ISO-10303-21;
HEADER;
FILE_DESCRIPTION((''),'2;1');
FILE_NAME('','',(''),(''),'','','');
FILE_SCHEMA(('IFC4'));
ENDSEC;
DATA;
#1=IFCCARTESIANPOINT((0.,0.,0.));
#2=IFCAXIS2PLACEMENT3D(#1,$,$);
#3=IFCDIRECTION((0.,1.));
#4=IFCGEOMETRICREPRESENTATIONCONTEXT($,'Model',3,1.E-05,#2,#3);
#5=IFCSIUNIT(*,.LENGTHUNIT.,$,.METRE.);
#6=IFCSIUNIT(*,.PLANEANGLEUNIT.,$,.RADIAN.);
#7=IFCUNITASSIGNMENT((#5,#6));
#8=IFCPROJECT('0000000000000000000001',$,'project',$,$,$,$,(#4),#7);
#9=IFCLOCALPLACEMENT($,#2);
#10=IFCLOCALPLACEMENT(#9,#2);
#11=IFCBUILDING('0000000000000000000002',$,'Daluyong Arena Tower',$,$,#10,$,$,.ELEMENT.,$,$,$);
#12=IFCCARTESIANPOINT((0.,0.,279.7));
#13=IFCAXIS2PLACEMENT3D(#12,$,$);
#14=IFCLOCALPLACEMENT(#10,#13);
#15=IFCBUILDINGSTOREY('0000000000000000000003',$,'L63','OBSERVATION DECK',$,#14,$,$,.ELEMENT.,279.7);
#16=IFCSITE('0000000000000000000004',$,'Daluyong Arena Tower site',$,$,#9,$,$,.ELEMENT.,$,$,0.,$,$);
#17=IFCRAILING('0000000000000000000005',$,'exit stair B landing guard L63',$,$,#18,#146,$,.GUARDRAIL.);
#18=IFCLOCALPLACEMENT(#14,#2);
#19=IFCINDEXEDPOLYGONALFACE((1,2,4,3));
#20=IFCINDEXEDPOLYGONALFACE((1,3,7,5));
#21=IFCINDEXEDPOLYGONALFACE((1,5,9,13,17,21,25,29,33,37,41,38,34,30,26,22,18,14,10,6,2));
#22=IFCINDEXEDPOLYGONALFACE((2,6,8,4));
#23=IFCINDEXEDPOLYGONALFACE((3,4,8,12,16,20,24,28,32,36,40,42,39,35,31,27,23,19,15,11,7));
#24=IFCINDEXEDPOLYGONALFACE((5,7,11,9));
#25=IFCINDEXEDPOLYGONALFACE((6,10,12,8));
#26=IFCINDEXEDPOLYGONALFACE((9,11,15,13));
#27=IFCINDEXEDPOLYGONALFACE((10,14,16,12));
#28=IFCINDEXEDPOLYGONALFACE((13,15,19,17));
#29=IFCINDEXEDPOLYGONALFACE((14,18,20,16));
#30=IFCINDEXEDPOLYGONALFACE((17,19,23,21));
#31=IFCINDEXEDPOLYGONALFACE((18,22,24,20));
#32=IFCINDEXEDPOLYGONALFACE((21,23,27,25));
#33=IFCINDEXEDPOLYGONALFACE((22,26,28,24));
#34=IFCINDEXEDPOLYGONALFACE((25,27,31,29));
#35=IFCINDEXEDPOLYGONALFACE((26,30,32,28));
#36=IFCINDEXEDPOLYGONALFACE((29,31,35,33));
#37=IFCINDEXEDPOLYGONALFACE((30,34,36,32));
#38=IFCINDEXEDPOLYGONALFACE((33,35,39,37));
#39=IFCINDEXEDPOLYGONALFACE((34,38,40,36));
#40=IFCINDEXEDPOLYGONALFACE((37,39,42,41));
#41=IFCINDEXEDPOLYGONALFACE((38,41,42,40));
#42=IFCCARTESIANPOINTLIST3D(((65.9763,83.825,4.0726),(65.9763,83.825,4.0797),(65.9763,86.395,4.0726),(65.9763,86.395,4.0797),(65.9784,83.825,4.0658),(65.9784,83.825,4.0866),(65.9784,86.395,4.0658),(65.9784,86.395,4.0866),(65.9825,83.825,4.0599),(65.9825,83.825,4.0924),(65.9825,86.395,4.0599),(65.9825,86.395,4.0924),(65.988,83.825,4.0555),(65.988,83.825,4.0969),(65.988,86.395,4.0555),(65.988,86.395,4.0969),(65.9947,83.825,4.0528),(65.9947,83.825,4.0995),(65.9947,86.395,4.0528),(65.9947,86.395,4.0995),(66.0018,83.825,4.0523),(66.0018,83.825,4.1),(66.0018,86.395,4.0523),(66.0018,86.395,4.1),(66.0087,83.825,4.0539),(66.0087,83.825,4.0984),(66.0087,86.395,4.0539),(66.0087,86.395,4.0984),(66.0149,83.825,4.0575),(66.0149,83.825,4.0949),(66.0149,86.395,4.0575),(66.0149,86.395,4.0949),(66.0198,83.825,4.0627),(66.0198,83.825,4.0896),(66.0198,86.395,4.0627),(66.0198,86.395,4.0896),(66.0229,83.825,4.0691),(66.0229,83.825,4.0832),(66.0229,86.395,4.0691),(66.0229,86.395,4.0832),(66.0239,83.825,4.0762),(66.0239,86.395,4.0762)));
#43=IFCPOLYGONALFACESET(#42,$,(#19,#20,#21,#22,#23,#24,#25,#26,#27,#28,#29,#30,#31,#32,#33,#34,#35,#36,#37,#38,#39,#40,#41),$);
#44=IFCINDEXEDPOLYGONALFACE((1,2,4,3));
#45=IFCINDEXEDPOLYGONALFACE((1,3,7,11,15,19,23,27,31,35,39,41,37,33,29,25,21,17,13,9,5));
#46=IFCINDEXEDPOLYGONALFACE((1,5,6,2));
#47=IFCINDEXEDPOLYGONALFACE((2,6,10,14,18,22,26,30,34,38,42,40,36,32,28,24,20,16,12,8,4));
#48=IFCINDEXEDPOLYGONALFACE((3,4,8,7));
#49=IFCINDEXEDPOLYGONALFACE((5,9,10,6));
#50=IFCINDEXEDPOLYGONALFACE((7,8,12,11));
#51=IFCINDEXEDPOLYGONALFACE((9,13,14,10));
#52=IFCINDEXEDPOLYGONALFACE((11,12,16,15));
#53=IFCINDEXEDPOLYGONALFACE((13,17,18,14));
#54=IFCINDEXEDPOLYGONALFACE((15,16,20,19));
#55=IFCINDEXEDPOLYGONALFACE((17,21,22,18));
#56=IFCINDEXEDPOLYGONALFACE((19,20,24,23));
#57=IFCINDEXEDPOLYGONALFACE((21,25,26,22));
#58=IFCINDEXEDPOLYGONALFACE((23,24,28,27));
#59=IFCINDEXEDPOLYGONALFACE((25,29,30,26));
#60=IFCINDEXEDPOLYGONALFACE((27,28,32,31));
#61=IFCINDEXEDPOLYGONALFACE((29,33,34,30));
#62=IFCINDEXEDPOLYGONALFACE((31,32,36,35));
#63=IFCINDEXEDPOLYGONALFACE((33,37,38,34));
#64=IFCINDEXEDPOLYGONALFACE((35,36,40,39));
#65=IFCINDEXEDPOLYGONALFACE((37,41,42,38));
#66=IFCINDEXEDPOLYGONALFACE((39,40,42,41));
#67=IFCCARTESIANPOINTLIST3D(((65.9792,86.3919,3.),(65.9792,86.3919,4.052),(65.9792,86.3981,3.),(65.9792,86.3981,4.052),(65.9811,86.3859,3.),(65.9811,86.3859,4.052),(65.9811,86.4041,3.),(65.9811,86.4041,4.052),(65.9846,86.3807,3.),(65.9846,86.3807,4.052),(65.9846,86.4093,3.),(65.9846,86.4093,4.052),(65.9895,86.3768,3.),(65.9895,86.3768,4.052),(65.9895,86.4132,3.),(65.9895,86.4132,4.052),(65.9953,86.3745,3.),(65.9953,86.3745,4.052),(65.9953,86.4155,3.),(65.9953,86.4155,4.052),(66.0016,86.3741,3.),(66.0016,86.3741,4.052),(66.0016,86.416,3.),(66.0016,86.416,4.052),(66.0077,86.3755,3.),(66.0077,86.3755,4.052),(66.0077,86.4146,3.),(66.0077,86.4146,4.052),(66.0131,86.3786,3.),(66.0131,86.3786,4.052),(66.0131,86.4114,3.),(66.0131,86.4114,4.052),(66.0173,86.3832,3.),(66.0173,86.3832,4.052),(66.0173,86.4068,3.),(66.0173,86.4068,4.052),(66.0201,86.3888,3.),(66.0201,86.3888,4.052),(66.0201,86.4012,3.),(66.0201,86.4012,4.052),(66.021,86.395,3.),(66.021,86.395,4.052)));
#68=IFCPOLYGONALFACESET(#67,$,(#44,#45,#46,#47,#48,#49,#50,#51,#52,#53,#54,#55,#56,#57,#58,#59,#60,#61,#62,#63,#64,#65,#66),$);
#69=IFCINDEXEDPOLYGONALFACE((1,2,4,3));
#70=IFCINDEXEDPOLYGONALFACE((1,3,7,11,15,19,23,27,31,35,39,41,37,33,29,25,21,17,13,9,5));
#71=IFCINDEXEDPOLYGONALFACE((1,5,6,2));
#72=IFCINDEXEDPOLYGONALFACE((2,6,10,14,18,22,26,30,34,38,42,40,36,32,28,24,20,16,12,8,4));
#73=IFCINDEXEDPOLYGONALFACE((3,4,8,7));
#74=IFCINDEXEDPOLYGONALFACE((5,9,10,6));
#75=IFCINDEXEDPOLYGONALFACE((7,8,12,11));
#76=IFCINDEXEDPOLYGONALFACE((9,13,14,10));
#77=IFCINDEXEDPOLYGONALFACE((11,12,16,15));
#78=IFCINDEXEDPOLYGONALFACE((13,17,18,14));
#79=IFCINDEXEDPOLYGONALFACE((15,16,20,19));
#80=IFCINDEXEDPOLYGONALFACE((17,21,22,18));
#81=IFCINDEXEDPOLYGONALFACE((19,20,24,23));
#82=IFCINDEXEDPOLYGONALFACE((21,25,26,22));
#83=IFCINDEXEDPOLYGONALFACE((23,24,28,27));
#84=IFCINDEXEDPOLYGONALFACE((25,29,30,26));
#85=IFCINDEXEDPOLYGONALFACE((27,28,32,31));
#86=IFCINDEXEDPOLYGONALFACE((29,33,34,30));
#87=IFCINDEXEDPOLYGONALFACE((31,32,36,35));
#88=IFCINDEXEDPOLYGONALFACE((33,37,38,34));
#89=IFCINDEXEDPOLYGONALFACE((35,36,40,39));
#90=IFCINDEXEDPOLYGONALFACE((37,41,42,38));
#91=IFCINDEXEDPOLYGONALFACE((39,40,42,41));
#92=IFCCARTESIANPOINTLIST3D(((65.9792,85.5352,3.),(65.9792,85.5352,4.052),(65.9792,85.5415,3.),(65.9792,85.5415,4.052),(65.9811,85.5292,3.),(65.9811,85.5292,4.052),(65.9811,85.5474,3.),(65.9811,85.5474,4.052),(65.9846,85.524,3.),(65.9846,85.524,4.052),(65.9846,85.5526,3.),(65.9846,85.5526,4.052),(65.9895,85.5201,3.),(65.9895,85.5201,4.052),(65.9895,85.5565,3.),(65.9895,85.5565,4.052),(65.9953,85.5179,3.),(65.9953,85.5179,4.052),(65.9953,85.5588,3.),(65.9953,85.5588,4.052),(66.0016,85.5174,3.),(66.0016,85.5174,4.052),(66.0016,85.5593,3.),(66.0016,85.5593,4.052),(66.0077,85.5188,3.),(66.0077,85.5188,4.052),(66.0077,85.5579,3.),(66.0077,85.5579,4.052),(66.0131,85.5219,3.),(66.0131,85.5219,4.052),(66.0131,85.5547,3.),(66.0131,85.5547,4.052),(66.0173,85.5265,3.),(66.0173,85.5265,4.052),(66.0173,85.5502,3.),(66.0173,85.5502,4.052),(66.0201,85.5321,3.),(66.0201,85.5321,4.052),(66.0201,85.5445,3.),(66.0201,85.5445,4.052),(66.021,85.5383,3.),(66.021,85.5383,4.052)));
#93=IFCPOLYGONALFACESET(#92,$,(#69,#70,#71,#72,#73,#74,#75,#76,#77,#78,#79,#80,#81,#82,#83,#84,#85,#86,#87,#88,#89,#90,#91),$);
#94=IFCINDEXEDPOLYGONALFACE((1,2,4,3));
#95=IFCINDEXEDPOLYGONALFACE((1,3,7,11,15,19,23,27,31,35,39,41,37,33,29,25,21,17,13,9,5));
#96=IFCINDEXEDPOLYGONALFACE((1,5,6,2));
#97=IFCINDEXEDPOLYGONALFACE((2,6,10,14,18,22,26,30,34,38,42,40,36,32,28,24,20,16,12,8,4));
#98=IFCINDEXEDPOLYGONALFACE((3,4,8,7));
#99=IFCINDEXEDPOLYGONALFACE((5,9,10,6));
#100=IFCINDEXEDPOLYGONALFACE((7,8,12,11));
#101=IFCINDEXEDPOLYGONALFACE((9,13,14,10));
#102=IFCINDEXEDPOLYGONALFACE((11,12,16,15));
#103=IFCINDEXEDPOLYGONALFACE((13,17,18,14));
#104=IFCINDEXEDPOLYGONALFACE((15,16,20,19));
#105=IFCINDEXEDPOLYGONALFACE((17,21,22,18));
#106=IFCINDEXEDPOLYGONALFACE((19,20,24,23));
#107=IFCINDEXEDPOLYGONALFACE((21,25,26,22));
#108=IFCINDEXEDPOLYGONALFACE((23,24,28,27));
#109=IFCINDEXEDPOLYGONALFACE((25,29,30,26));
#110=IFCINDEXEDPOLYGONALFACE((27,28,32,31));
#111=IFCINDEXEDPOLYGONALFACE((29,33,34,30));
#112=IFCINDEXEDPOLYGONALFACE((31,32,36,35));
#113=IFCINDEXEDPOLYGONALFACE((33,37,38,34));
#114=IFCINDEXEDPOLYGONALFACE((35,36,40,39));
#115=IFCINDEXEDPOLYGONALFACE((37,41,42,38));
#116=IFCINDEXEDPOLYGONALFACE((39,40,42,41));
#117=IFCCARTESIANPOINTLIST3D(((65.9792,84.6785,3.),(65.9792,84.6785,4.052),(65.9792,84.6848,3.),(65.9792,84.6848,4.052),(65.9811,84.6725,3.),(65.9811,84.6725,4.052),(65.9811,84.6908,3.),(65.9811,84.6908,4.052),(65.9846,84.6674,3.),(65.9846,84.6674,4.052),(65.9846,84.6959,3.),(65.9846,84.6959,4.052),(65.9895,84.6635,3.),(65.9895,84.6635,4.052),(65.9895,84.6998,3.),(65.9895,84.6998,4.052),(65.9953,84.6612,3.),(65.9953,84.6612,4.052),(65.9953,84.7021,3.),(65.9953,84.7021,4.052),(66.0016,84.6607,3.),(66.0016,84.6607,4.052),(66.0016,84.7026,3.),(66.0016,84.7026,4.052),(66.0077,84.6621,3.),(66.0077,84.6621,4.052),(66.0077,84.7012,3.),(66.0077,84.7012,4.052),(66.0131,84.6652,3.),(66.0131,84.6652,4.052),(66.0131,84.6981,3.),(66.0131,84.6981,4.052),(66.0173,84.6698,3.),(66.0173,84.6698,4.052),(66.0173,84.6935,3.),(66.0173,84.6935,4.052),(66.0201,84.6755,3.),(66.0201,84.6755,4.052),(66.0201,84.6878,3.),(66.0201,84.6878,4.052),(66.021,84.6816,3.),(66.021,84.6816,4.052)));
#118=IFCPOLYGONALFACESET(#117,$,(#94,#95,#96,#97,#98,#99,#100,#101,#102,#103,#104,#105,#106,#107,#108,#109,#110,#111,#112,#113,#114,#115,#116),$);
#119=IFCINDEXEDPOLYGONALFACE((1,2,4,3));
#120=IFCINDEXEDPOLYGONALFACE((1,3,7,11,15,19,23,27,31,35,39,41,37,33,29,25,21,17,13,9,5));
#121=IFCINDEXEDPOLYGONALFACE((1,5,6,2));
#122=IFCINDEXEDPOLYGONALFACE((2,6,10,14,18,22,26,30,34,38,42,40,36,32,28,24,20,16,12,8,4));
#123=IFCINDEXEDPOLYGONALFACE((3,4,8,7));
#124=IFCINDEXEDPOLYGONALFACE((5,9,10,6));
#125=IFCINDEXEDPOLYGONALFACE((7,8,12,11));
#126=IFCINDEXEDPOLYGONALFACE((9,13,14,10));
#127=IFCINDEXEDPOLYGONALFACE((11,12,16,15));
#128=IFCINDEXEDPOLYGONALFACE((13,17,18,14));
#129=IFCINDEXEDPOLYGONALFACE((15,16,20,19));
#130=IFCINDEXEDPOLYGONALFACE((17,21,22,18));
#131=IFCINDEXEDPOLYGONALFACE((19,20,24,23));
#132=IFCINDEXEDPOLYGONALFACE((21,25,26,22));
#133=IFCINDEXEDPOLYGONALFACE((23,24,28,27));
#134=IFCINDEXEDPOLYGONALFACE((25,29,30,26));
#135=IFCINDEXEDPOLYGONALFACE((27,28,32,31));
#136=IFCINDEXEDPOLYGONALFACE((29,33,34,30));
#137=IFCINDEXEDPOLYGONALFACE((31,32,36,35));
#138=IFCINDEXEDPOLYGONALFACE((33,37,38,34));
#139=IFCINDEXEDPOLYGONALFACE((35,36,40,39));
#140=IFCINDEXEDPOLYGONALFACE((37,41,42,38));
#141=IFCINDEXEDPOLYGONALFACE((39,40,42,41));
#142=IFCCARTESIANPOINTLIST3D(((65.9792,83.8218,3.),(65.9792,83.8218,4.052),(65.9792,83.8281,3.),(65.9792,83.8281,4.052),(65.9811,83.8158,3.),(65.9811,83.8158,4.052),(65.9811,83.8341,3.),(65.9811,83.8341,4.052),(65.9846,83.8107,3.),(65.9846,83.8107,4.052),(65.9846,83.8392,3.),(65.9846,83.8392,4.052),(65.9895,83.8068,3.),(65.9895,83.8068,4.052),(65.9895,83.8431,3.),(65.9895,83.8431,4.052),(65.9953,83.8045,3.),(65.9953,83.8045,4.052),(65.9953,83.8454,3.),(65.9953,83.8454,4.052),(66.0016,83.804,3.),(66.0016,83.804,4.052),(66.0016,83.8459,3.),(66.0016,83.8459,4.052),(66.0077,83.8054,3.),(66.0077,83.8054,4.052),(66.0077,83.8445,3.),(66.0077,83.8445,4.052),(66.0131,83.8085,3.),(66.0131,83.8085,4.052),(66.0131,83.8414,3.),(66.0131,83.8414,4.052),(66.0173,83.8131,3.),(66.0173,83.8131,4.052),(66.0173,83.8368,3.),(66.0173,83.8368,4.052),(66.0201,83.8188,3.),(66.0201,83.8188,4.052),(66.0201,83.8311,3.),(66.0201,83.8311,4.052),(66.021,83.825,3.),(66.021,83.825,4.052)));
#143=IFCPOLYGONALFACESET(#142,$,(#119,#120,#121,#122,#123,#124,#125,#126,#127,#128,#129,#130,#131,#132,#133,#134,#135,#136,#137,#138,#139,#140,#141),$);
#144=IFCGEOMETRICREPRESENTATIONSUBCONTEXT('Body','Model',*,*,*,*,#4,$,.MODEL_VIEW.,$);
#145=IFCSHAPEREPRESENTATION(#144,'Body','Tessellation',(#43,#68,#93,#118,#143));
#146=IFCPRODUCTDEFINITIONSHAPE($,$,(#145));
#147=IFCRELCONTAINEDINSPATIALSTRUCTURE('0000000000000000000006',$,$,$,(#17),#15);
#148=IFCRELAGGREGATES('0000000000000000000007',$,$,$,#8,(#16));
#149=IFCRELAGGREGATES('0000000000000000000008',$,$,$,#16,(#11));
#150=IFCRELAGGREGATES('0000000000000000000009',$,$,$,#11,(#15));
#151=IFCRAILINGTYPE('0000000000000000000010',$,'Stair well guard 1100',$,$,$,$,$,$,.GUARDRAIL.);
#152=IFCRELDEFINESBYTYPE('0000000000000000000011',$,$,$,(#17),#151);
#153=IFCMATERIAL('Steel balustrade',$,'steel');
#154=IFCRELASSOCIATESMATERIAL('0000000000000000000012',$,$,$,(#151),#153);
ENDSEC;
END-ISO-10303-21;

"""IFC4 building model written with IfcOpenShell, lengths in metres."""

from ifc_helpers import new_model, si_unit, direction, frame, origin, origin_2d, place, context, subcontext, project, spatial, circle, extrude, material, type_object, element, save


model = new_model("IFC4")

# Units and contexts
model_context = context("Model", 3, precision=1e-05, world=origin(), true_north=direction((0.0, 1.0)))
body_context = subcontext(model_context, "Body", "Model", "MODEL_VIEW")
ifc_project = project(units=[si_unit("LENGTHUNIT", "METRE"), si_unit("PLANEANGLEUNIT", "RADIAN")], contexts=[model_context])

# Site, building, storey
site_placement = place(None, origin())
site = spatial("IfcSite", under=ifc_project, at=site_placement, Name="Daluyong Arena Tower site", CompositionType="ELEMENT", RefElevation=0.0)
building_placement = place(site_placement, origin())
building = spatial("IfcBuilding", under=site, at=building_placement, Name="Daluyong Arena Tower", CompositionType="ELEMENT")
storey_placement = place(building_placement, frame((0.0, 0.0, 279.7)))
storey = spatial("IfcBuildingStorey", under=building, at=storey_placement, Name="L63", Description="OBSERVATION DECK", CompositionType="ELEMENT", Elevation=279.7)

# Railing
ifc_material_1 = material(Name="Steel balustrade", Category="steel")
railing_type_1 = type_object("IfcRailingType", Name="Stair well guard 1100", PredefinedType="GUARDRAIL", material=ifc_material_1)
railing_1_placement = place(storey_placement, frame((66.0, 86.395, 3.0)))
element("IfcRailing", 1, at=railing_1_placement, inside=storey, type_object=railing_type_1, Name="exit stair B landing guard L63", PredefinedType="GUARDRAIL", context=body_context, shape_type="SweptSolid", body=[
    extrude(circle(Radius=0.0239, at=origin_2d()), frame((0.0, 0.0, 1.0762), z_axis=(0.0, -1.0, 0.0), x_axis=(1.0, 0.0, 0.0)), (0.0, 0.0, 1.0), 2.5701),
    extrude(circle(Radius=0.021, at=origin_2d()), origin(), (0.0, 0.0, 1.0), 1.052),
    extrude(circle(Radius=0.021, at=origin_2d()), frame((0.0, -0.8567, 0.0)), (0.0, 0.0, 1.0), 1.052),
    extrude(circle(Radius=0.021, at=origin_2d()), frame((0.0, -1.7134, 0.0)), (0.0, 0.0, 1.0), 1.052),
    extrude(circle(Radius=0.021, at=origin_2d()), frame((0.0, -2.5701, 0.0)), (0.0, 0.0, 1.0), 1.052),
])

save(model, "model.ifc")
